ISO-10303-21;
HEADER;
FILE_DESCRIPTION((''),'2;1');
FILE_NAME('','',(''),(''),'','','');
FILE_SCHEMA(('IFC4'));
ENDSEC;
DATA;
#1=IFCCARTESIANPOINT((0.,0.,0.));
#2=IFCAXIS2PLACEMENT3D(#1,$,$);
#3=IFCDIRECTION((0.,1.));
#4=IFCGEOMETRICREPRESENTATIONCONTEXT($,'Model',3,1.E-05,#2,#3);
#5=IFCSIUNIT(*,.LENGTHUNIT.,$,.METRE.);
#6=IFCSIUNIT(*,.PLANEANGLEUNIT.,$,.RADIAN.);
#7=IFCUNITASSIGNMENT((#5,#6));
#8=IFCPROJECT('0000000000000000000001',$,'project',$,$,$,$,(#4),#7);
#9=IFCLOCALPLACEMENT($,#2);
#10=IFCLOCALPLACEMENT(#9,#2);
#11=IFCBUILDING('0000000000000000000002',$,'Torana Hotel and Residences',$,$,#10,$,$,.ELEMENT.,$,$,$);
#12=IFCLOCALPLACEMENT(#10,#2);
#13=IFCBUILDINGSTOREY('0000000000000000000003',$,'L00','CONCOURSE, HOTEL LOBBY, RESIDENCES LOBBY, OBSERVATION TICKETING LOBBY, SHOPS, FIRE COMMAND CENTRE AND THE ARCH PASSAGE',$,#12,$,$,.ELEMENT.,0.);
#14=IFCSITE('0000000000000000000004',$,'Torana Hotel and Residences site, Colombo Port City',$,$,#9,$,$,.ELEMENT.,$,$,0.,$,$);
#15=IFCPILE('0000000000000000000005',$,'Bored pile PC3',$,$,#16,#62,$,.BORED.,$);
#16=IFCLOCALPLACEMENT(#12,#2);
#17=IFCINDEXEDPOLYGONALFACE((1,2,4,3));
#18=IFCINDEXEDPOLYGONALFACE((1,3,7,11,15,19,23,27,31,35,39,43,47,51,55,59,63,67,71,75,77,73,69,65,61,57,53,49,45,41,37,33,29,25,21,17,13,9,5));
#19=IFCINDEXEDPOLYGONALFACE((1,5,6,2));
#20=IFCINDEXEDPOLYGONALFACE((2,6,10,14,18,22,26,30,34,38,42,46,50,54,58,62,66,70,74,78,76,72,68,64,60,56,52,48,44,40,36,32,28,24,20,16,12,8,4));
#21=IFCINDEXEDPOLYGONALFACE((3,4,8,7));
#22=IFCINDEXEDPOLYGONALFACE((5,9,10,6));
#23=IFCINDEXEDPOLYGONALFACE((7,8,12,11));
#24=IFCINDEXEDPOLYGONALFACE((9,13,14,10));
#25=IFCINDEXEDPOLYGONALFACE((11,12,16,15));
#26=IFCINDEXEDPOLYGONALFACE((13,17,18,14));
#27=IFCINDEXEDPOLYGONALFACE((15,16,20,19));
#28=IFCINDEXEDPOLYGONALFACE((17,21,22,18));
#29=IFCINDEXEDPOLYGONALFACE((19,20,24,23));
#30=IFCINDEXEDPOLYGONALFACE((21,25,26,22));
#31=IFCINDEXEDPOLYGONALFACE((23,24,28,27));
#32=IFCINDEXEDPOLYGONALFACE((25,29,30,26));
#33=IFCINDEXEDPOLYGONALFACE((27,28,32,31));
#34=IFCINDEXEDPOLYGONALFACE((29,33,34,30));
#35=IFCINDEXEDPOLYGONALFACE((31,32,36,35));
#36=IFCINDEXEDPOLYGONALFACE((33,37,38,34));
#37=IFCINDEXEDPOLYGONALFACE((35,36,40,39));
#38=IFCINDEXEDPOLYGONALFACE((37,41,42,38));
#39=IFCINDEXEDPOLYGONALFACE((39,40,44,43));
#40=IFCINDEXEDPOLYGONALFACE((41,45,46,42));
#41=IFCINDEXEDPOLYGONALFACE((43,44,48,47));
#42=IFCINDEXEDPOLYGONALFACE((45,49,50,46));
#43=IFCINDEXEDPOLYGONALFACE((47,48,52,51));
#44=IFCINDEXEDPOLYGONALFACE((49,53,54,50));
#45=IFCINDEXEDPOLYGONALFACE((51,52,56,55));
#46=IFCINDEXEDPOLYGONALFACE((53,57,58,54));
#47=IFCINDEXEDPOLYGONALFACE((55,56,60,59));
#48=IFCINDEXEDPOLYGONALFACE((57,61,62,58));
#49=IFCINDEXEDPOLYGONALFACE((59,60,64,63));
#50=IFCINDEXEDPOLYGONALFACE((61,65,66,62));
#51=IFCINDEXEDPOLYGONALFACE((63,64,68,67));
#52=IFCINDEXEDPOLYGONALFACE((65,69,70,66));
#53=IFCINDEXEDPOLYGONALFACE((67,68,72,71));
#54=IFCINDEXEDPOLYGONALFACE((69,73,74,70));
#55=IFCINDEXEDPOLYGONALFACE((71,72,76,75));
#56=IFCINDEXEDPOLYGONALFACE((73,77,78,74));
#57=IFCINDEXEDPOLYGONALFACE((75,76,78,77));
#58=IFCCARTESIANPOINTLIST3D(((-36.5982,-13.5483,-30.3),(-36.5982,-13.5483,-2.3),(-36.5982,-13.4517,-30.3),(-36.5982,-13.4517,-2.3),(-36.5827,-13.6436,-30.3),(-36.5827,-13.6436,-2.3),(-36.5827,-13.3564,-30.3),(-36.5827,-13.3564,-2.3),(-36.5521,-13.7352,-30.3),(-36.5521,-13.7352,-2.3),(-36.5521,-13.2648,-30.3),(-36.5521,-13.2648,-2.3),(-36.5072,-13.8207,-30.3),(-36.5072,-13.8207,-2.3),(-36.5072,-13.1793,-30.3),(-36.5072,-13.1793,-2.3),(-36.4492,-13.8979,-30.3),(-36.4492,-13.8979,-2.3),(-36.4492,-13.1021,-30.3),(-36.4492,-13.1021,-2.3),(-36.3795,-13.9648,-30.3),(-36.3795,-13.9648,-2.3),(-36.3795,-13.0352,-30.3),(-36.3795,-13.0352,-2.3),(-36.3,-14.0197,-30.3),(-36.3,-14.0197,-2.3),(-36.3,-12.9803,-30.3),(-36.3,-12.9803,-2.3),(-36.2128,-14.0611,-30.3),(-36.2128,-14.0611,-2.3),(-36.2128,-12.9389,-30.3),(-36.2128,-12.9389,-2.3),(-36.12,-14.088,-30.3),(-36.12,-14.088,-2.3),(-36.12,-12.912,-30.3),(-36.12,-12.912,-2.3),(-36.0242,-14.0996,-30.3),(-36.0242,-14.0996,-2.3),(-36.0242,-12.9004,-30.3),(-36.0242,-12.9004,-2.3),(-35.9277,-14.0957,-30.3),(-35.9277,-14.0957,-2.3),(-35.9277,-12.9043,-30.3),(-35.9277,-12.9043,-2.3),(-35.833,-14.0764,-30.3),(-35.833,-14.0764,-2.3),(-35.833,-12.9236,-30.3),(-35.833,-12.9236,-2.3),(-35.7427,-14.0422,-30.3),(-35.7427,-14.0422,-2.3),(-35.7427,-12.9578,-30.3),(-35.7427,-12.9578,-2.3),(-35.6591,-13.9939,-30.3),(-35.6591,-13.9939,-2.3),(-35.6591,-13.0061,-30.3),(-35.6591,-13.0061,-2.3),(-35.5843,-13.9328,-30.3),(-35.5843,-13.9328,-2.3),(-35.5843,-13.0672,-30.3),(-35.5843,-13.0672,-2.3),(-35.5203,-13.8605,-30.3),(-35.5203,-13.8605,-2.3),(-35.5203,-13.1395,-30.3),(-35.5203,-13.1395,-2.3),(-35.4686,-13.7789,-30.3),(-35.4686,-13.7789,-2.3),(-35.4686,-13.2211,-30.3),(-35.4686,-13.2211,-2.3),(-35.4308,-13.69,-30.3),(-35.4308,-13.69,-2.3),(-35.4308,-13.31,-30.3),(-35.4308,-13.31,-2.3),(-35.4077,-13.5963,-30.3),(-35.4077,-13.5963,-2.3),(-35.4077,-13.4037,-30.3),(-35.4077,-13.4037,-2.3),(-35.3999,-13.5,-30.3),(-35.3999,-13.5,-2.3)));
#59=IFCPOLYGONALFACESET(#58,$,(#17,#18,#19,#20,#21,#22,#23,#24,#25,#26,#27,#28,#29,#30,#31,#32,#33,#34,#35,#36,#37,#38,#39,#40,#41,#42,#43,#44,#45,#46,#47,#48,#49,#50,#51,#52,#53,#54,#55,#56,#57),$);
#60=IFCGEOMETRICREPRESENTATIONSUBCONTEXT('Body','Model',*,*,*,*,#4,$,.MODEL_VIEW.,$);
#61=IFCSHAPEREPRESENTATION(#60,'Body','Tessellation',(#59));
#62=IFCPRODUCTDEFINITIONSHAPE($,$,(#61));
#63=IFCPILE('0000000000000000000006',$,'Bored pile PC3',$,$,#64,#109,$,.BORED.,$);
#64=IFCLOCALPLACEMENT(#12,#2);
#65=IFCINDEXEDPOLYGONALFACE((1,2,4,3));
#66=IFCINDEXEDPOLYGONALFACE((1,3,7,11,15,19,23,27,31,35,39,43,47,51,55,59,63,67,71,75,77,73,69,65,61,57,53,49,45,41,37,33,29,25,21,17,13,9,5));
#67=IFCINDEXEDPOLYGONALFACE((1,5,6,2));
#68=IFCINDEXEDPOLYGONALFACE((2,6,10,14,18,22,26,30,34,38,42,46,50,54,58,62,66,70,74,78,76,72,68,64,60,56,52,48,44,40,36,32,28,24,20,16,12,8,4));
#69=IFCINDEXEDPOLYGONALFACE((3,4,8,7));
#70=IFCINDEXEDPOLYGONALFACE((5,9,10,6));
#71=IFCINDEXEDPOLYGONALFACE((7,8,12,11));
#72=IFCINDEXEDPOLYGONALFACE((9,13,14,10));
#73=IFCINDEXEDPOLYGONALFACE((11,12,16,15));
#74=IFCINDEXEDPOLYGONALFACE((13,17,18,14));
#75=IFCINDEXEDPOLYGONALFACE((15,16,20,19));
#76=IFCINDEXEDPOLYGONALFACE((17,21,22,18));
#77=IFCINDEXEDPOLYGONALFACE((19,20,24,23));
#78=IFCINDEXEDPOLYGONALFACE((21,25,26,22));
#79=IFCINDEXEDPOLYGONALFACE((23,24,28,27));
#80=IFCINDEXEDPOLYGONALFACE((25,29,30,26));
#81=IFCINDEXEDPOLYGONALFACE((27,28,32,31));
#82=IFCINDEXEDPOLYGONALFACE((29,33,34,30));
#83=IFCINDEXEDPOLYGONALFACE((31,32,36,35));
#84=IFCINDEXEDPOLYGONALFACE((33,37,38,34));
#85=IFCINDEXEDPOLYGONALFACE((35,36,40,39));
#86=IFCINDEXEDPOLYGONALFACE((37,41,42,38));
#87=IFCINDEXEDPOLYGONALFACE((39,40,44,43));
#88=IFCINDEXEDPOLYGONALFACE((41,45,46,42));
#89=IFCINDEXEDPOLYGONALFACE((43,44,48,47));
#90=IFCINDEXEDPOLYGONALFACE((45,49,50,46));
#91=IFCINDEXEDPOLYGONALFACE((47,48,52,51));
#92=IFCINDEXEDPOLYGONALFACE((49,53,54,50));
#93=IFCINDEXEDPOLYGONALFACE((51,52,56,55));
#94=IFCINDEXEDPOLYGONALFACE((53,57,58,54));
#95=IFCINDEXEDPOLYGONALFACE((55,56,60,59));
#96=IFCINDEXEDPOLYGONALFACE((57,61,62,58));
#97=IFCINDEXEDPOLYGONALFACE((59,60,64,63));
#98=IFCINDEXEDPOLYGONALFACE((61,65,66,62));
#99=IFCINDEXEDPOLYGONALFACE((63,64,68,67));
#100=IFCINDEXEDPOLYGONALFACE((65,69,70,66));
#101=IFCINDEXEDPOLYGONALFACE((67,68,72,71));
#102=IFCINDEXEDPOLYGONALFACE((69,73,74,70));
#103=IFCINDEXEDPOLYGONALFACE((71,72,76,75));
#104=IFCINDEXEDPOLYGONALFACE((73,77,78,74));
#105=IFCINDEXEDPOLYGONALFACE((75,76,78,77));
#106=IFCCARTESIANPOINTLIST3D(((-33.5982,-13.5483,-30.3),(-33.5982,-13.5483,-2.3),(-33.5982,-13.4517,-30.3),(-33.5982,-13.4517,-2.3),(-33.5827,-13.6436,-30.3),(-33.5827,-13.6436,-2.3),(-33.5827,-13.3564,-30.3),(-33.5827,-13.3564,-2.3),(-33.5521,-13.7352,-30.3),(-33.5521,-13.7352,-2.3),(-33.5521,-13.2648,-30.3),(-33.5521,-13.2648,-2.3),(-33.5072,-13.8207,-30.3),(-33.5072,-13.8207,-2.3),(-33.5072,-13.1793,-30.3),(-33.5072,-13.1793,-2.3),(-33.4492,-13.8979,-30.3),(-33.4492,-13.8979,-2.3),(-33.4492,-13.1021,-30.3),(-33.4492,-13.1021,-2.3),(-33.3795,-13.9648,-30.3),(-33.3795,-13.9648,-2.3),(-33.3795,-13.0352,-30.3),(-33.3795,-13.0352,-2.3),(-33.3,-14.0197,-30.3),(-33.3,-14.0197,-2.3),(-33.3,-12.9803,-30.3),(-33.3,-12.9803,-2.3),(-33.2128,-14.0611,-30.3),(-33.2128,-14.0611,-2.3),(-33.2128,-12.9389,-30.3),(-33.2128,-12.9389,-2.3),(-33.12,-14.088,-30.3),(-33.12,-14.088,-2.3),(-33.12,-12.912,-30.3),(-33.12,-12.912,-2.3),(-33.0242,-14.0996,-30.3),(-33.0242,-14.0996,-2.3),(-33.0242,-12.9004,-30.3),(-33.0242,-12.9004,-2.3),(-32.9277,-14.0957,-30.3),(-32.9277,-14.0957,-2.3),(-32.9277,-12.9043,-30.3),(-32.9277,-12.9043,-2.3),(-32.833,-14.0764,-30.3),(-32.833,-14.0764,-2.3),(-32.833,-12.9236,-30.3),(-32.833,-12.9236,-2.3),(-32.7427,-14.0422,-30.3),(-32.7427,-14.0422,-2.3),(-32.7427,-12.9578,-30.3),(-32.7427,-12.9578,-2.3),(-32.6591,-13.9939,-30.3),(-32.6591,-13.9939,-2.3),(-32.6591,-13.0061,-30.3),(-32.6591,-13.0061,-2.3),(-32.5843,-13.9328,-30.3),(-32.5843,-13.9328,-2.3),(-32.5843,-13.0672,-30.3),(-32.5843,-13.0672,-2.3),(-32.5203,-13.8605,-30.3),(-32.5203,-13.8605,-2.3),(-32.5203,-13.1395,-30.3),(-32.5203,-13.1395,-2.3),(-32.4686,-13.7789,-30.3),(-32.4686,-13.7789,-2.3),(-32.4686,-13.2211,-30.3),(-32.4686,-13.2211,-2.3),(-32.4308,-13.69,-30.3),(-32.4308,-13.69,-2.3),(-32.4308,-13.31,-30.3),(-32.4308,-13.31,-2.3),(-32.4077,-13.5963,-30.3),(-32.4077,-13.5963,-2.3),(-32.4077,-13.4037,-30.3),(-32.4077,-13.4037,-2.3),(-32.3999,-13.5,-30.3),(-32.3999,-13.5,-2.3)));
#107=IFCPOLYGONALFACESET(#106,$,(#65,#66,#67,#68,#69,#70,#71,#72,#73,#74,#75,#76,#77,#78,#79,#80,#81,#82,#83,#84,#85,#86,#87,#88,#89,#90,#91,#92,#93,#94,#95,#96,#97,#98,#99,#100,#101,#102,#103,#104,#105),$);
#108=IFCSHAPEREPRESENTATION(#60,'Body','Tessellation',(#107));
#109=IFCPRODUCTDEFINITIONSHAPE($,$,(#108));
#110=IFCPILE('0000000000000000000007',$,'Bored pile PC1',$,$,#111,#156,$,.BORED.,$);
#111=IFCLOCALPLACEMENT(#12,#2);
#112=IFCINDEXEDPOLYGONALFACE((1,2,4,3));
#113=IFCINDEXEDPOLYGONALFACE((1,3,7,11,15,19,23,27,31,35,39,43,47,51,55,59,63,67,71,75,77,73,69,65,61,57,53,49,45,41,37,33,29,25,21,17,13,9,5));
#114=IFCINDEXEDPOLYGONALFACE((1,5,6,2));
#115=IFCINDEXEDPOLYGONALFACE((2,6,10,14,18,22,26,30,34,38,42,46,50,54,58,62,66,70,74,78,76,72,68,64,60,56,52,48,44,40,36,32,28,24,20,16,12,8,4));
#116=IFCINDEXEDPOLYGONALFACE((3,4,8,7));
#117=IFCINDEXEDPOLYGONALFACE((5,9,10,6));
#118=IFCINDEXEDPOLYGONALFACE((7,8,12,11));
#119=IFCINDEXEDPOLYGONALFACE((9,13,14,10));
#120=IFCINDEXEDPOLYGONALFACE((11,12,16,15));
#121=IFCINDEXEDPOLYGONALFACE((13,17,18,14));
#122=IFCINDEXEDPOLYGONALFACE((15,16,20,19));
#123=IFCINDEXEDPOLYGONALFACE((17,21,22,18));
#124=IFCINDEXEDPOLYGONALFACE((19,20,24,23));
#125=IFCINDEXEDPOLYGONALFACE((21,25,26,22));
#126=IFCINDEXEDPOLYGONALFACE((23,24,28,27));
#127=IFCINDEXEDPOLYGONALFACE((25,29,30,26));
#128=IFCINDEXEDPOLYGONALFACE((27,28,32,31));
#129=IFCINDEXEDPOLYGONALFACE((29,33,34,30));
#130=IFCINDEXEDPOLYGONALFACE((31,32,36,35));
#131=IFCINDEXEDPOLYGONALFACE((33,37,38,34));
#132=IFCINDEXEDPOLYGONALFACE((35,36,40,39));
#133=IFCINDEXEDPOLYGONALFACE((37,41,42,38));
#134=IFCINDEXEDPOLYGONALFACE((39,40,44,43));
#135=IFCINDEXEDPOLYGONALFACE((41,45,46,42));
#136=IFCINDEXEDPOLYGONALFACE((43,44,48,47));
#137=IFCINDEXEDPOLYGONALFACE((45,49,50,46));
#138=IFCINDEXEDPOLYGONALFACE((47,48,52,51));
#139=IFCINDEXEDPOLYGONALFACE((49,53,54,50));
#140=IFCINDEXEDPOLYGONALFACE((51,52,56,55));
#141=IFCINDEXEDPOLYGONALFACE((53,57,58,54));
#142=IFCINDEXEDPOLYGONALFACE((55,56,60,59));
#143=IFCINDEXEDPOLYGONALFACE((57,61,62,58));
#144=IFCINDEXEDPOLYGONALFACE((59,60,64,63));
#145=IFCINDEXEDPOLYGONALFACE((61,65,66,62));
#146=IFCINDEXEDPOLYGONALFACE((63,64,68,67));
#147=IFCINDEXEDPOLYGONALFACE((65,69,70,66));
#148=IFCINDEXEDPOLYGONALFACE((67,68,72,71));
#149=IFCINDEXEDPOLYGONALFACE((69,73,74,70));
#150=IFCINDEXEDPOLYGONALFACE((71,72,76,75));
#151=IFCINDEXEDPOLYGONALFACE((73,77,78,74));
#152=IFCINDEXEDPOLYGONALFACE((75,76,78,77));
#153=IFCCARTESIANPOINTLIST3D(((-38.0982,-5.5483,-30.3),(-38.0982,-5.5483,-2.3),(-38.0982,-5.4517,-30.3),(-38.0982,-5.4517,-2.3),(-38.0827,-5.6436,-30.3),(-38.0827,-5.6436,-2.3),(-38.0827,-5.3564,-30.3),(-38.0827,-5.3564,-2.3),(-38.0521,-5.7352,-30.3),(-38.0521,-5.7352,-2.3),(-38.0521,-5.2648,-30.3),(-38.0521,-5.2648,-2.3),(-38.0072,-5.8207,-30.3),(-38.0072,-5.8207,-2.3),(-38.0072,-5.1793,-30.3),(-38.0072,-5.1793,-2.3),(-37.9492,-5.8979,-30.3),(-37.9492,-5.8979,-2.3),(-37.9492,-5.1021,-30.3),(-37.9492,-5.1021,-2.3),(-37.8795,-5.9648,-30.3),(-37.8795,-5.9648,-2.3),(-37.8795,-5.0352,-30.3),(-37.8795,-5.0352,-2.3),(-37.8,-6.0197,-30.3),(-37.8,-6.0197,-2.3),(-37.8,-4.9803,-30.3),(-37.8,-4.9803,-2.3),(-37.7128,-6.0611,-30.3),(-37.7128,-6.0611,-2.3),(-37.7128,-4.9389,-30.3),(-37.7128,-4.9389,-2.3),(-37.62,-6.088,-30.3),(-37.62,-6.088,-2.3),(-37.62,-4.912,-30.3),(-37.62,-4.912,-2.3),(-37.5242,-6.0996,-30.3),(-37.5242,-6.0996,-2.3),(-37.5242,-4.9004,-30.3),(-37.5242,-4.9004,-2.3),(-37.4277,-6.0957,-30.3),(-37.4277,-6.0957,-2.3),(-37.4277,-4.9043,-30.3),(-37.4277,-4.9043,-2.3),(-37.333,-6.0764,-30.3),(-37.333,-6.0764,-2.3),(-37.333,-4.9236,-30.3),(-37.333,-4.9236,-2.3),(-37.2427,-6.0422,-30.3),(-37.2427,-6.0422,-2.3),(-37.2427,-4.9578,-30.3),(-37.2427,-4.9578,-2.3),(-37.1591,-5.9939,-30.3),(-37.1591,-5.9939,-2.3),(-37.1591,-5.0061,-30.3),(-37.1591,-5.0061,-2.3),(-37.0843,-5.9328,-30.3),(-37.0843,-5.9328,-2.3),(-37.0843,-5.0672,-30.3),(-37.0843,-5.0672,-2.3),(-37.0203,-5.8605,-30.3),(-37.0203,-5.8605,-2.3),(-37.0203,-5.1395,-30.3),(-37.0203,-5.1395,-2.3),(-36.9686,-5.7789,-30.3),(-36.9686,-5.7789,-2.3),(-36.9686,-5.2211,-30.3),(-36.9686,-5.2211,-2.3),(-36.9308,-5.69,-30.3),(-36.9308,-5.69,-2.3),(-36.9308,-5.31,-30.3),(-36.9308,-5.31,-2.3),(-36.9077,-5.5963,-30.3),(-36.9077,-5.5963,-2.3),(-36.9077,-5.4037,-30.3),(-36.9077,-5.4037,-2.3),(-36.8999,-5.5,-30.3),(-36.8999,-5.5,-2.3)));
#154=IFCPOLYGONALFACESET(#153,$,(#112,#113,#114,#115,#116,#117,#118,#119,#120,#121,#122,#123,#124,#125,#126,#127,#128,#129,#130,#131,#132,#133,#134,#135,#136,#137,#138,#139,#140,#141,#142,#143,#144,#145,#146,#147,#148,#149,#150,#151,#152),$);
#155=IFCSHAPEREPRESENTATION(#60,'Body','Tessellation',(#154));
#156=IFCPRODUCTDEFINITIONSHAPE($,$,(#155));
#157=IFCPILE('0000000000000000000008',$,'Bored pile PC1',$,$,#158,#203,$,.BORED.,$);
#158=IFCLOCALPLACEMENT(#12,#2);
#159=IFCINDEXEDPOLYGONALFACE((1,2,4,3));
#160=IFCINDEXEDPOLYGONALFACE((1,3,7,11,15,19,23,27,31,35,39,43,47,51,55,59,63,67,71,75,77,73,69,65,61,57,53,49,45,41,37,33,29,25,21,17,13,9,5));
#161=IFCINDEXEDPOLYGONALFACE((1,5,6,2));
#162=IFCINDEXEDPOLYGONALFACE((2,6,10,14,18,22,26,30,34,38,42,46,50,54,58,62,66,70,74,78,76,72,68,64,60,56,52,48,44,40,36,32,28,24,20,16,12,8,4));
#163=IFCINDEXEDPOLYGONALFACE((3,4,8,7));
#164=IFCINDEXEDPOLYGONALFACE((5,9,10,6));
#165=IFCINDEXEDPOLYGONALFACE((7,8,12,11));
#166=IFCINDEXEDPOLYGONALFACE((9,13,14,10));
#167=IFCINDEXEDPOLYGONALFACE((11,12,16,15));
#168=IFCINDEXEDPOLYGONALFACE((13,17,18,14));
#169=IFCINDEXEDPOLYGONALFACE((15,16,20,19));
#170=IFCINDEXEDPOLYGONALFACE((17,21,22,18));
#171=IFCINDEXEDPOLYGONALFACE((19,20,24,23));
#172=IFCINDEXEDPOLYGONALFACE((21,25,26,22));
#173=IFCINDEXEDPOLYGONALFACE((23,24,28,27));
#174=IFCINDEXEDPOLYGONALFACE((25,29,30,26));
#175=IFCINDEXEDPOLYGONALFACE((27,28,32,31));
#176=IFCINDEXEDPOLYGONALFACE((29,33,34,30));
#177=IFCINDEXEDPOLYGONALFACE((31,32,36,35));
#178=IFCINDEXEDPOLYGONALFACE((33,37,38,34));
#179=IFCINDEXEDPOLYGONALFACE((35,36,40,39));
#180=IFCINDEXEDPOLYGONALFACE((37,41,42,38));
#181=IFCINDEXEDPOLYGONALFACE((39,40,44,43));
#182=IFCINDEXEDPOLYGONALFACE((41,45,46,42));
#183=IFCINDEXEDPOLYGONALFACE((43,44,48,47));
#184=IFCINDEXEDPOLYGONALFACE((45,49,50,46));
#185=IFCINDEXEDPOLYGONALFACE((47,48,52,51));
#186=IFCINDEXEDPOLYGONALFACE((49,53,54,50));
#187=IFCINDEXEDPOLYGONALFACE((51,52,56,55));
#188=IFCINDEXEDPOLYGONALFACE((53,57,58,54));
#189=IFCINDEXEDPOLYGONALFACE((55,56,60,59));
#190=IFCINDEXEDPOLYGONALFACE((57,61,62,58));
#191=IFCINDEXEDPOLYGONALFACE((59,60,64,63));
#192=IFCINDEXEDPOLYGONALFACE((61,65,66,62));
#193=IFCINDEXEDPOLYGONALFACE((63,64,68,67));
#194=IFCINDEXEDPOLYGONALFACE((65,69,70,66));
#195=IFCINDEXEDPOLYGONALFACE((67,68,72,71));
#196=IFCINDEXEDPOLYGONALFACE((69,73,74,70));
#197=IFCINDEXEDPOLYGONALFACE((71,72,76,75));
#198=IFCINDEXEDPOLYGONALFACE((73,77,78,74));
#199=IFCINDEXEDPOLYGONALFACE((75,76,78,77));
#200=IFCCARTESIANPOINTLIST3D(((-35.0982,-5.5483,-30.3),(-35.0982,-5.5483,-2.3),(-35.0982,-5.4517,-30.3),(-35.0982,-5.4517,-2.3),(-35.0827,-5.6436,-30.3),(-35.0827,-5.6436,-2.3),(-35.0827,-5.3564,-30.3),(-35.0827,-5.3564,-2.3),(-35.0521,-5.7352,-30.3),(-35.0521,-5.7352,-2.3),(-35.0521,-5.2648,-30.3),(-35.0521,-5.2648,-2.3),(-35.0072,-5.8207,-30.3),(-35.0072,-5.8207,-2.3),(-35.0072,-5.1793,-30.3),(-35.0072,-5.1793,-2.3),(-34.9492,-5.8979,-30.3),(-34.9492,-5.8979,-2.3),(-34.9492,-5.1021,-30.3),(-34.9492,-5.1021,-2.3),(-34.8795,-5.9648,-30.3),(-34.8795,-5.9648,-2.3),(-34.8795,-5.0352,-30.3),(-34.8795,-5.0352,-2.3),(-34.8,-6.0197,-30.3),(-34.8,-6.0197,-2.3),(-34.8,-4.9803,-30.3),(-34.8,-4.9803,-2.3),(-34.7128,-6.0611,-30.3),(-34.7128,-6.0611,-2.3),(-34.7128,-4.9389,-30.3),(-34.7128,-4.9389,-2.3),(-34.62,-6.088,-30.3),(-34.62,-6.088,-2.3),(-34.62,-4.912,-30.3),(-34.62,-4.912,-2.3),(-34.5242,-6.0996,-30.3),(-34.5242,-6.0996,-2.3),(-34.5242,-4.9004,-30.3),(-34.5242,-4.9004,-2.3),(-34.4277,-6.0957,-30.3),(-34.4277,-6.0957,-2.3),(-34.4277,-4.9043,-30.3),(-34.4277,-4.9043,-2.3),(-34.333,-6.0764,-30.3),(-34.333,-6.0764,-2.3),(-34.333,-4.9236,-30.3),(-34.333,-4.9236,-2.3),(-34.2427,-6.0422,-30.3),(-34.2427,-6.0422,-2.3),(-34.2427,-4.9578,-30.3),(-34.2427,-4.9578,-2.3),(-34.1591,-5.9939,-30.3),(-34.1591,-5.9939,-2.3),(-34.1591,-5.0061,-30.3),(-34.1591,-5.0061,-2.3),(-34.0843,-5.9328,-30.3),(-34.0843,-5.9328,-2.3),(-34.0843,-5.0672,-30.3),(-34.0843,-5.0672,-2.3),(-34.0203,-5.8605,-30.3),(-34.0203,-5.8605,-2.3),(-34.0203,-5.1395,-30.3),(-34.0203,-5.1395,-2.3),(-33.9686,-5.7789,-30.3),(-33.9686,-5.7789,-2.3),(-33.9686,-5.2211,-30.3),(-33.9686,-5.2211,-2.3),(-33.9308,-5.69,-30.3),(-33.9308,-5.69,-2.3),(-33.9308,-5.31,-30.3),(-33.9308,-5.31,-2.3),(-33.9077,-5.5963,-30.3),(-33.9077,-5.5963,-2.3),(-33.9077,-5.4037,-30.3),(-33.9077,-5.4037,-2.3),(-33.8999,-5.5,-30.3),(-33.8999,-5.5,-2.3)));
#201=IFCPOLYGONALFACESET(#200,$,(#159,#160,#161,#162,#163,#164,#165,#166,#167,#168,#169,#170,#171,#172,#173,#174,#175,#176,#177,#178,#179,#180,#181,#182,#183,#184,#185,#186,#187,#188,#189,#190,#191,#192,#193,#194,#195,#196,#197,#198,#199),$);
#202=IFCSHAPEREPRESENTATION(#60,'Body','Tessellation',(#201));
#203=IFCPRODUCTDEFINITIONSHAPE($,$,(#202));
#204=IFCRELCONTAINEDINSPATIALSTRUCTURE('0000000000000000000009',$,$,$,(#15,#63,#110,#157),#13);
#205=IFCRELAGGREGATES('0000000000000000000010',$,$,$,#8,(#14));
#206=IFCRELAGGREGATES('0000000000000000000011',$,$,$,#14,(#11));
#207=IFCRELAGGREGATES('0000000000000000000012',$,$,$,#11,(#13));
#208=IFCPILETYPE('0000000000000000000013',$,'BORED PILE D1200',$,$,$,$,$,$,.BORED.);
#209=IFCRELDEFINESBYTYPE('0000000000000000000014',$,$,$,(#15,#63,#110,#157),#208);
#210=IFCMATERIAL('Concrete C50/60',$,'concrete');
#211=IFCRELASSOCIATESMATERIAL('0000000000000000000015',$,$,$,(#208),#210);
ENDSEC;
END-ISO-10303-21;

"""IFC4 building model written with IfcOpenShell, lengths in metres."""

from ifc_helpers import new_model, si_unit, direction, frame, origin, origin_2d, place, context, subcontext, project, spatial, circle, extrude, material, type_object, element, save


model = new_model("IFC4")

# Units and contexts
model_context = context("Model", 3, precision=1e-05, world=origin(), true_north=direction((0.0, 1.0)))
body_context = subcontext(model_context, "Body", "Model", "MODEL_VIEW")
ifc_project = project(units=[si_unit("LENGTHUNIT", "METRE"), si_unit("PLANEANGLEUNIT", "RADIAN")], contexts=[model_context])

# Site, building, storey
site_placement = place(None, origin())
site = spatial("IfcSite", under=ifc_project, at=site_placement, Name="Torana Hotel and Residences site, Colombo Port City", CompositionType="ELEMENT", RefElevation=0.0)
building_placement = place(site_placement, origin())
building = spatial("IfcBuilding", under=site, at=building_placement, Name="Torana Hotel and Residences", CompositionType="ELEMENT")
storey_placement = place(building_placement, origin())
storey = spatial("IfcBuildingStorey", under=building, at=storey_placement, Name="L00", Description="CONCOURSE, HOTEL LOBBY, RESIDENCES LOBBY, OBSERVATION TICKETING LOBBY, SHOPS, FIRE COMMAND CENTRE AND THE ARCH PASSAGE", CompositionType="ELEMENT", Elevation=0.0)

# Piles
ifc_material_1 = material(Name="Concrete C50/60", Category="concrete")
pile_type_1 = type_object("IfcPileType", Name="BORED PILE D1200", PredefinedType="BORED", material=ifc_material_1)
for number, where, z_axis, x_axis, name in (
    (1, (-36.0, -13.5, -2.3), (0.0, 0.0, -1.0), (1.0, 0.0, 0.0), "Bored pile PC3"),
    (2, (-33.0, -13.5, -2.3), (0.0, 0.0, -1.0), (1.0, 0.0, 0.0), "Bored pile PC3"),
    (3, (-37.5, -5.5, -2.3), (0.0, 0.0, -1.0), (1.0, 0.0, 0.0), "Bored pile PC1"),
    (4, (-34.5, -5.5, -2.3), (0.0, 0.0, -1.0), (1.0, 0.0, 0.0), "Bored pile PC1"),
):
    element("IfcPile", number, at=place(storey_placement, frame(where, z_axis=z_axis, x_axis=x_axis)), inside=storey, type_object=pile_type_1, Name=name, PredefinedType="BORED", context=body_context, shape_type="SweptSolid", body=[
        extrude(circle(Radius=0.6001, at=origin_2d()), origin(), (0.0, 0.0, 1.0), 28.0),
    ])

save(model, "model.ifc")
